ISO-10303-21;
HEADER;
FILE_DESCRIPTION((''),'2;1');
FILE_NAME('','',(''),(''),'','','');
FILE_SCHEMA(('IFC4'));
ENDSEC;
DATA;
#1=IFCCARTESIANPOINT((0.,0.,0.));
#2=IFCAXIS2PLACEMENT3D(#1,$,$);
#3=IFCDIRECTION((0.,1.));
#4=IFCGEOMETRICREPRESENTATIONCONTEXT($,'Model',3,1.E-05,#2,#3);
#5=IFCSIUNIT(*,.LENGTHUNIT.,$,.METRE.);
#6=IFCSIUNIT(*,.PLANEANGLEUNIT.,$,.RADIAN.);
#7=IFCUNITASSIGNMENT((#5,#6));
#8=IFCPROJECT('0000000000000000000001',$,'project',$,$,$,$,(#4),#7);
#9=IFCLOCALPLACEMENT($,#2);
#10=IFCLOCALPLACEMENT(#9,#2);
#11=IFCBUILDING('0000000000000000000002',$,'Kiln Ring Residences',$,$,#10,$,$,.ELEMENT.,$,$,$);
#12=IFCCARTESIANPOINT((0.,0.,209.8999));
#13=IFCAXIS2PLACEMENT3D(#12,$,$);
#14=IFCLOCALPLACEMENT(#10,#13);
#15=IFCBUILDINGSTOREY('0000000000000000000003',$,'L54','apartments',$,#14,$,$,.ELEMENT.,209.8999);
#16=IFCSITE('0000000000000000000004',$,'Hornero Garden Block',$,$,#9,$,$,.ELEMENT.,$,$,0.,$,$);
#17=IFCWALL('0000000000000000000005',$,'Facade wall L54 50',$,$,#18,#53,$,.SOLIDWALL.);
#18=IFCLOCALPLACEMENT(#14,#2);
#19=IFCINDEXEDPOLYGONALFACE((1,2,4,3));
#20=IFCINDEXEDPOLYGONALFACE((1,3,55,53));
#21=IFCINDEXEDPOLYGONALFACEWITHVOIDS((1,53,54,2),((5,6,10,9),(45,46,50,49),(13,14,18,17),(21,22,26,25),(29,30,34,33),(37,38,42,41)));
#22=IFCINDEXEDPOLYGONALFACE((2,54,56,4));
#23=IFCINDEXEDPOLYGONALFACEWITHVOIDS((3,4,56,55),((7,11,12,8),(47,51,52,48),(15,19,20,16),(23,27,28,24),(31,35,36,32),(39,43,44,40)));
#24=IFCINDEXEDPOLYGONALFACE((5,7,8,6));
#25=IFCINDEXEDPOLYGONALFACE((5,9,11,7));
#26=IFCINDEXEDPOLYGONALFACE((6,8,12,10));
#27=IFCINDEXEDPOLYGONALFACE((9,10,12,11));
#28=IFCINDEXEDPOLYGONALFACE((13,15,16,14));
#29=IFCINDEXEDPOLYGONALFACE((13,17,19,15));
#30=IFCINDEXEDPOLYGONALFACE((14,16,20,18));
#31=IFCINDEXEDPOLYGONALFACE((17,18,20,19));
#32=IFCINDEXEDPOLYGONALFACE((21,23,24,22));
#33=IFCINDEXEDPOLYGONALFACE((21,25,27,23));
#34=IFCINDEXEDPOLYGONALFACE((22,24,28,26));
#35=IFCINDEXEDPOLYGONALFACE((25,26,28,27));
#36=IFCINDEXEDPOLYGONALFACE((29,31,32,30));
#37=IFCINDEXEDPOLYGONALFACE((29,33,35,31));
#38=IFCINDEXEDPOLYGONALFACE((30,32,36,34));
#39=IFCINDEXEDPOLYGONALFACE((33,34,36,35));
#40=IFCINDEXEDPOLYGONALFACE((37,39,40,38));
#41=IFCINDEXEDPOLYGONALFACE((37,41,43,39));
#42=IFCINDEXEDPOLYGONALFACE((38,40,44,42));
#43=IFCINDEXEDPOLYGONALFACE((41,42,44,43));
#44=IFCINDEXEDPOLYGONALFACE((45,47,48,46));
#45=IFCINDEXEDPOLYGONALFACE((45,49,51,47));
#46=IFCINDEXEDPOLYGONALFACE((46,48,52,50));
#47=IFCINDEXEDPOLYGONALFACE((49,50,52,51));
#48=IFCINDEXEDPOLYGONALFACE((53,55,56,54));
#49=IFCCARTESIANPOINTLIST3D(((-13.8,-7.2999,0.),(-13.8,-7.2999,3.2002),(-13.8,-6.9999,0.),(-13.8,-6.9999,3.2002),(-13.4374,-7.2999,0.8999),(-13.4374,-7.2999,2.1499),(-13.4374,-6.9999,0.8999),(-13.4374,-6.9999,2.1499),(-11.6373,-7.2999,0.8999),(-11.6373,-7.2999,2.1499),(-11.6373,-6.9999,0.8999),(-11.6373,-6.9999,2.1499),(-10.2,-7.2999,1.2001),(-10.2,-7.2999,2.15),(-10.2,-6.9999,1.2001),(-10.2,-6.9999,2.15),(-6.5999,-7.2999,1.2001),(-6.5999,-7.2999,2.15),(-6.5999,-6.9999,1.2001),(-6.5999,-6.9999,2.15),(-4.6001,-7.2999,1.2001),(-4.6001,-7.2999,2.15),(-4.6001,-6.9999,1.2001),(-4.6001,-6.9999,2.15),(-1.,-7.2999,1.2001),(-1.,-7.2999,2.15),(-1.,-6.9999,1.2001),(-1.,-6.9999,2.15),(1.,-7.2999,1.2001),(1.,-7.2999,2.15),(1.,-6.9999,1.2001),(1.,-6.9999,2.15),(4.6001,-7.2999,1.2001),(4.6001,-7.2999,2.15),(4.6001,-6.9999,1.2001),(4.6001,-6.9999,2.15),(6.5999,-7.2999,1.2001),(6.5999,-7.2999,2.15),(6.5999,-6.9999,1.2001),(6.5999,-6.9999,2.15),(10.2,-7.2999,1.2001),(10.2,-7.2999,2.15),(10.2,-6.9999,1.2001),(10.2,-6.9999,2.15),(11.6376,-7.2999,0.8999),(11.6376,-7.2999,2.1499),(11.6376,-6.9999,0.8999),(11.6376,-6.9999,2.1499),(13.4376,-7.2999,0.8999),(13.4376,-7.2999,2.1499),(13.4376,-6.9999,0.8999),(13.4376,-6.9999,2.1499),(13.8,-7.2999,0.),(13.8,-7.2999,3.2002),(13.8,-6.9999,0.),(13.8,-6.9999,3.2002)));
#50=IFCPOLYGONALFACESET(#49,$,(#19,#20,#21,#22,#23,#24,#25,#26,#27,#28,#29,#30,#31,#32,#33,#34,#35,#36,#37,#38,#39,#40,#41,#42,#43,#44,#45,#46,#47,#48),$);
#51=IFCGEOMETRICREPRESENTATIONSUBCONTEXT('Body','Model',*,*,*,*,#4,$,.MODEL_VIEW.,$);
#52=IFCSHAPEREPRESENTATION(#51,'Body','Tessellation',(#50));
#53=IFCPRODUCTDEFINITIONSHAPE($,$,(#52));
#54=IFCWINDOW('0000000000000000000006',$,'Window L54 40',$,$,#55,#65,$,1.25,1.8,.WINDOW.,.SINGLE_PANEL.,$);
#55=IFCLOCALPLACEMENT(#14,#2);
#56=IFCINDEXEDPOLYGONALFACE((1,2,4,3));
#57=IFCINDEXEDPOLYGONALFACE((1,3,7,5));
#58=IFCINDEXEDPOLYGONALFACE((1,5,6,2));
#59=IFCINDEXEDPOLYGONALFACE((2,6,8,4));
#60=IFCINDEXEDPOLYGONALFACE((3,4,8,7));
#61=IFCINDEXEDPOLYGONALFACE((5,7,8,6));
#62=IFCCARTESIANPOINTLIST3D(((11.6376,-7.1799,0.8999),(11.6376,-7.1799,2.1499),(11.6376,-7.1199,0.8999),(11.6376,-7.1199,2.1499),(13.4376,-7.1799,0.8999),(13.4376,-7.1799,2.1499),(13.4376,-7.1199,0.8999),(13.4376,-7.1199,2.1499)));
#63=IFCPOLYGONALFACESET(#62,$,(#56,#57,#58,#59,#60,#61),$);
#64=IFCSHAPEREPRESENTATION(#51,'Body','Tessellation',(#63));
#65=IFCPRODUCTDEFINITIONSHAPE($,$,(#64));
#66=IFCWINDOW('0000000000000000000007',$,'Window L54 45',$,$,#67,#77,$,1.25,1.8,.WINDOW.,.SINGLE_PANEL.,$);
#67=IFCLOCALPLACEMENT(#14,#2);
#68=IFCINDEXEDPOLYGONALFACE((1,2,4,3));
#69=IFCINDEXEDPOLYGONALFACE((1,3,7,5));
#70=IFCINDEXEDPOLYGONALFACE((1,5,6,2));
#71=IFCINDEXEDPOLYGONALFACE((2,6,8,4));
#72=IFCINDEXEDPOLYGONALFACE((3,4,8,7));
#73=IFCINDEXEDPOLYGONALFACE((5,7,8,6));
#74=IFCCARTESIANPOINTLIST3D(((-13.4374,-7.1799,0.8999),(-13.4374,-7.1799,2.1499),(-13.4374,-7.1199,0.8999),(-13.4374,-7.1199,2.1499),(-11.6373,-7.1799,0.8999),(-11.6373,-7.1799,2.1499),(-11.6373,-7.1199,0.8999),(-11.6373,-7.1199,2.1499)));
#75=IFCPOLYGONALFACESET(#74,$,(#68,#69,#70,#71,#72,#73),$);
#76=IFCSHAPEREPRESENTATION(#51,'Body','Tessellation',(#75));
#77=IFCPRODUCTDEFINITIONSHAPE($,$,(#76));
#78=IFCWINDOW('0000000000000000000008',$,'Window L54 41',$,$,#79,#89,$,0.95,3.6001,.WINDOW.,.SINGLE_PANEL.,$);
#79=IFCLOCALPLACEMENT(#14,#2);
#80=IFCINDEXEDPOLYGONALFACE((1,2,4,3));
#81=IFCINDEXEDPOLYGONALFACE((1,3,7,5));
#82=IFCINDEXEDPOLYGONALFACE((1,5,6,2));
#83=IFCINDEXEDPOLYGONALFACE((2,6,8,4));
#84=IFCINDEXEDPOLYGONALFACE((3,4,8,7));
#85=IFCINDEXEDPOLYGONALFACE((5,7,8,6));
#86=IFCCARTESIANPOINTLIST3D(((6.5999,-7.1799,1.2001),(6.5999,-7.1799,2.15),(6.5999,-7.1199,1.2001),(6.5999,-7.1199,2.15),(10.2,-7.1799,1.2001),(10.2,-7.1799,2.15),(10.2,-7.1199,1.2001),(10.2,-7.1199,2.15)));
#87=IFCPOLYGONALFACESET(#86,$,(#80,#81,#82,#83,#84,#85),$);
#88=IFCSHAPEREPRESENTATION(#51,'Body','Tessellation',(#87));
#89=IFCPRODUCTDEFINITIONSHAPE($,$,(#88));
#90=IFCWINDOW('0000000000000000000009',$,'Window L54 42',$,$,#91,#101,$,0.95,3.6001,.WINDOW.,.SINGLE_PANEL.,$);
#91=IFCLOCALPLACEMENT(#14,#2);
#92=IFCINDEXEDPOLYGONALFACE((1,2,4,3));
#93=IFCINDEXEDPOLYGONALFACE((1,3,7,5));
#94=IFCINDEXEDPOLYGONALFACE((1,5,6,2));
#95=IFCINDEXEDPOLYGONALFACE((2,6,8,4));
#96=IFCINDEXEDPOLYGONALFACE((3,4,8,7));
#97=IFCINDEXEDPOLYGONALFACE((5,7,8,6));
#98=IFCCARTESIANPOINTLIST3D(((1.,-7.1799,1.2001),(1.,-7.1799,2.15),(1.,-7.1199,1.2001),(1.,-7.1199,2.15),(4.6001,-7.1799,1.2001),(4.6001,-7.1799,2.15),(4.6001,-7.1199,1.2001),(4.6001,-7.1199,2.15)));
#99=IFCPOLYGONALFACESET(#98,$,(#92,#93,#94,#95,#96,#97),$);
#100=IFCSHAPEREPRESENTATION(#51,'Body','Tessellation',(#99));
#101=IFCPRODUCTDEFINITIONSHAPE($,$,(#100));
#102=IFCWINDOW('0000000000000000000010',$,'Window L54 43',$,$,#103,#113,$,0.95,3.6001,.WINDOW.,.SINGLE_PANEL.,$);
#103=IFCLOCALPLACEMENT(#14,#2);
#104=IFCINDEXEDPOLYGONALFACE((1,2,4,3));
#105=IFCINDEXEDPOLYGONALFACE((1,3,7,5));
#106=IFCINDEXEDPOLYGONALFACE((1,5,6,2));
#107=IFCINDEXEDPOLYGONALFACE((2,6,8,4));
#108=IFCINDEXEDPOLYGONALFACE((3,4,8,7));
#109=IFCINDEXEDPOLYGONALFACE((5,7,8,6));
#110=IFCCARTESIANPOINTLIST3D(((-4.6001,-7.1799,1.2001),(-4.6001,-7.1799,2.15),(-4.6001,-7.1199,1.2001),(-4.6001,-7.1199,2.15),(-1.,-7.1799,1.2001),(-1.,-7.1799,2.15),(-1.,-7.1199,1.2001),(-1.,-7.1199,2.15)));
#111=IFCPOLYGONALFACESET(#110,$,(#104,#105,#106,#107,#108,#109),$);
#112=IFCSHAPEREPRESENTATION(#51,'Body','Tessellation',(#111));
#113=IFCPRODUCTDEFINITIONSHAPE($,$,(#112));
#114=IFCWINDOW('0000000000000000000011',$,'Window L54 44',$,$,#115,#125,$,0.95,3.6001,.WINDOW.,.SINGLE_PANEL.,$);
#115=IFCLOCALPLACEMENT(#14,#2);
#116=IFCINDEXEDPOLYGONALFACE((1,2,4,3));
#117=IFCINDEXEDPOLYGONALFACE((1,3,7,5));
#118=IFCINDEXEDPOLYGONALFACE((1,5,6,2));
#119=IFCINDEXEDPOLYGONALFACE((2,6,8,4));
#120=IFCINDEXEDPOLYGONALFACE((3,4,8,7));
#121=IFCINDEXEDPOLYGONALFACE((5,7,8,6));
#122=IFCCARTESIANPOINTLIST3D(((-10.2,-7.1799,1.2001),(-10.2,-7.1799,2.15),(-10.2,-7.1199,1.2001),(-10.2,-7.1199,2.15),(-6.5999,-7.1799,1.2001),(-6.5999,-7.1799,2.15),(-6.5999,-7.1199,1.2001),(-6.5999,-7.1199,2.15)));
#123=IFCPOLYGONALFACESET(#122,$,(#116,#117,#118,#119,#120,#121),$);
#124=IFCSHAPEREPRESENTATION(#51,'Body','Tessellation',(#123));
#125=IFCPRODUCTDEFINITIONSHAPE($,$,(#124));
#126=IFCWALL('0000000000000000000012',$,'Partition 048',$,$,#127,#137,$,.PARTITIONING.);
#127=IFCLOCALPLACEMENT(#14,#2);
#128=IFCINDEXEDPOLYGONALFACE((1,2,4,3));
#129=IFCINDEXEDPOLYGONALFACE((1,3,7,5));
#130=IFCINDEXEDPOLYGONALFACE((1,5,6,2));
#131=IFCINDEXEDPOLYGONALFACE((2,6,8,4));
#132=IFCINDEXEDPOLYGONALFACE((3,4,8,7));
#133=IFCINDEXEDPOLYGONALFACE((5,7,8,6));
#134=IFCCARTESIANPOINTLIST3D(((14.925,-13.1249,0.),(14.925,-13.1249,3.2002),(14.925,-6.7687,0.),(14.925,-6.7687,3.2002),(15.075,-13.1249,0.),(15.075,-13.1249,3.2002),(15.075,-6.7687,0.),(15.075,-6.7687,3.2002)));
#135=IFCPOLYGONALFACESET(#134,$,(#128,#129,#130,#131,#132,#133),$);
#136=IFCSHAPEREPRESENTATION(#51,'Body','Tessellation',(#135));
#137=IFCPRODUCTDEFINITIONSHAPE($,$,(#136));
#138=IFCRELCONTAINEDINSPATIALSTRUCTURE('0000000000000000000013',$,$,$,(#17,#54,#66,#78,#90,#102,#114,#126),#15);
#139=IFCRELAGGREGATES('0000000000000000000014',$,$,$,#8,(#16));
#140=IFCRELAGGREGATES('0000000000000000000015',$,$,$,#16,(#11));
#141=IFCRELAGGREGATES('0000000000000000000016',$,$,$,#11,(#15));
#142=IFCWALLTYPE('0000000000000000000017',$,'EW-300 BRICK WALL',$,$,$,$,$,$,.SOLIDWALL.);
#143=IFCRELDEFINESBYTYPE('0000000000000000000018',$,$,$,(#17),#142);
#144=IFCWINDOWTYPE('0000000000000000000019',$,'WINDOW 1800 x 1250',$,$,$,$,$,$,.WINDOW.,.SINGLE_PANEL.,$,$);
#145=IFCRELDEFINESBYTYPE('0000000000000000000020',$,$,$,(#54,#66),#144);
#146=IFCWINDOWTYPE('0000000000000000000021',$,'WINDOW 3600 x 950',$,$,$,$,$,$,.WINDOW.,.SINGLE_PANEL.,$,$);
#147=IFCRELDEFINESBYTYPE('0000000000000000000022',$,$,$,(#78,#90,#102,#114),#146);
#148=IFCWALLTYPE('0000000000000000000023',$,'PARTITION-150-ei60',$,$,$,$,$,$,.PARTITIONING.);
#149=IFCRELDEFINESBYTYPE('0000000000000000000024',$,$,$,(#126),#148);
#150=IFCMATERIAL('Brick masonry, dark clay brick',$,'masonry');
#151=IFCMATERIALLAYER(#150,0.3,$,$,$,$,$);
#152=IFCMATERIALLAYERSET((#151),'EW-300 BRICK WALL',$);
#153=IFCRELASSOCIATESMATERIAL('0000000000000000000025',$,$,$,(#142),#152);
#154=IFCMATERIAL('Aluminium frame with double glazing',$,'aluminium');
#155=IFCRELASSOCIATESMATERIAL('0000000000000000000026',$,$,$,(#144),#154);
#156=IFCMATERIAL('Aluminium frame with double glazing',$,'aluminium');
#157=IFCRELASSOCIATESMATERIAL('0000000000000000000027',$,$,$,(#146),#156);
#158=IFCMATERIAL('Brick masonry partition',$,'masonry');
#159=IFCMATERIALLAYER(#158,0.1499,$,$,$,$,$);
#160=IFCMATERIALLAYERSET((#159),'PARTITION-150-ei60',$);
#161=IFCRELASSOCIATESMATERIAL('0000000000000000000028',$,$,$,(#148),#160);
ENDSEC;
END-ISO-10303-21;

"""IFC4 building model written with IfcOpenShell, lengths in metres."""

from ifc_helpers import new_model, si_unit, direction, frame, frame_2d, origin, place, context, subcontext, project, spatial, rectangle, extrude, material, layer, layer_set, type_object, element, fill, save


model = new_model("IFC4")

# Units and contexts
model_context = context("Model", 3, precision=1e-05, world=origin(), true_north=direction((0.0, 1.0)))
body_context = subcontext(model_context, "Body", "Model", "MODEL_VIEW")
ifc_project = project(units=[si_unit("LENGTHUNIT", "METRE"), si_unit("PLANEANGLEUNIT", "RADIAN")], contexts=[model_context])

# Site, building, storey
site_placement = place(None, origin())
site = spatial("IfcSite", under=ifc_project, at=site_placement, Name="Hornero Garden Block", CompositionType="ELEMENT", RefElevation=0.0)
building_placement = place(site_placement, origin())
building = spatial("IfcBuilding", under=site, at=building_placement, Name="Kiln Ring Residences", CompositionType="ELEMENT")
storey_placement = place(building_placement, frame((0.0, 0.0, 209.8999)))
storey = spatial("IfcBuildingStorey", under=building, at=storey_placement, Name="L54", Description="apartments", CompositionType="ELEMENT", Elevation=209.8999)

# Wall, openings, windows
ifc_material_1 = material(Name="Brick masonry, dark clay brick", Category="masonry")
ifc_layer_1 = layer(ifc_material_1, 0.3)
ifc_layer_set_1 = layer_set([ifc_layer_1], Name="EW-300 BRICK WALL")
wall_type_1 = type_object("IfcWallType", Name="EW-300 BRICK WALL", PredefinedType="SOLIDWALL", material=ifc_layer_set_1)
wall_1_placement = place(storey_placement, frame((13.8, -7.1499, 0.0), z_axis=(0.0, 0.0, 1.0), x_axis=(-1.0, 0.0, 0.0)))
wall_1 = element("IfcWall", 1, at=wall_1_placement, inside=storey, type_object=wall_type_1, Name="Facade wall L54 50", PredefinedType="SOLIDWALL", context=body_context, shape_type="SweptSolid", body=[
    extrude(rectangle(XDim=27.6001, YDim=0.3, at=frame_2d((13.8, 0.0))), origin(), (0.0, 0.0, 1.0), 3.2002),
])
opening_1_placement = place(wall_1_placement, frame((0.3625, 0.0, 0.8999)))
opening_1 = element("IfcOpeningElement", 2, at=opening_1_placement, cuts=wall_1, PredefinedType="OPENING", context=body_context, shape_type="SweptSolid", body=[
    extrude(rectangle(XDim=1.8, YDim=1.25, at=frame_2d((0.8999, 0.625))), frame((0.0, 0.1599, 0.0), z_axis=(0.0, -1.0, 0.0), x_axis=(1.0, 0.0, 0.0)), (0.0, 0.0, 1.0), 0.3201),
])
opening_2_placement = place(wall_1_placement, frame((3.6001, 0.0, 1.2)))
opening_2 = element("IfcOpeningElement", 3, at=opening_2_placement, cuts=wall_1, PredefinedType="OPENING", context=body_context, shape_type="SweptSolid", body=[
    extrude(rectangle(XDim=3.6001, YDim=0.95, at=frame_2d((1.8, 0.4751))), frame((0.0, 0.1599, 0.0), z_axis=(0.0, -1.0, 0.0), x_axis=(1.0, 0.0, 0.0)), (0.0, 0.0, 1.0), 0.3201),
])
opening_3_placement = place(wall_1_placement, frame((9.2, 0.0, 1.2)))
opening_3 = element("IfcOpeningElement", 4, at=opening_3_placement, cuts=wall_1, PredefinedType="OPENING", context=body_context, shape_type="SweptSolid", body=[
    extrude(rectangle(XDim=3.6001, YDim=0.95, at=frame_2d((1.8, 0.4751))), frame((0.0, 0.1599, 0.0), z_axis=(0.0, -1.0, 0.0), x_axis=(1.0, 0.0, 0.0)), (0.0, 0.0, 1.0), 0.3201),
])
opening_4_placement = place(wall_1_placement, frame((14.8, 0.0, 1.2)))
opening_4 = element("IfcOpeningElement", 5, at=opening_4_placement, cuts=wall_1, PredefinedType="OPENING", context=body_context, shape_type="SweptSolid", body=[
    extrude(rectangle(XDim=3.6001, YDim=0.95, at=frame_2d((1.8, 0.4751))), frame((0.0, 0.1599, 0.0), z_axis=(0.0, -1.0, 0.0), x_axis=(1.0, 0.0, 0.0)), (0.0, 0.0, 1.0), 0.3201),
])
opening_5_placement = place(wall_1_placement, frame((20.3999, 0.0, 1.2)))
opening_5 = element("IfcOpeningElement", 6, at=opening_5_placement, cuts=wall_1, PredefinedType="OPENING", context=body_context, shape_type="SweptSolid", body=[
    extrude(rectangle(XDim=3.6001, YDim=0.95, at=frame_2d((1.8, 0.4751))), frame((0.0, 0.1599, 0.0), z_axis=(0.0, -1.0, 0.0), x_axis=(1.0, 0.0, 0.0)), (0.0, 0.0, 1.0), 0.3201),
])
opening_6_placement = place(wall_1_placement, frame((25.4375, 0.0, 0.8999)))
opening_6 = element("IfcOpeningElement", 7, at=opening_6_placement, cuts=wall_1, PredefinedType="OPENING", context=body_context, shape_type="SweptSolid", body=[
    extrude(rectangle(XDim=1.8, YDim=1.25, at=frame_2d((0.8999, 0.625))), frame((0.0, 0.1599, 0.0), z_axis=(0.0, -1.0, 0.0), x_axis=(1.0, 0.0, 0.0)), (0.0, 0.0, 1.0), 0.3201),
])
ifc_material_2 = material(Name="Aluminium frame with double glazing", Category="aluminium")
window_type_1 = type_object("IfcWindowType", Name="WINDOW 1800 x 1250", PartitioningType="SINGLE_PANEL", PredefinedType="WINDOW", material=ifc_material_2)
window_1_placement = place(opening_1_placement, origin())
window_1 = element("IfcWindow", 8, at=window_1_placement, inside=storey, type_object=window_type_1, Name="Window L54 40", OverallHeight=1.25, OverallWidth=1.8, PartitioningType="SINGLE_PANEL", PredefinedType="WINDOW", context=body_context, shape_type="SweptSolid", body=[
    extrude(rectangle(XDim=1.8, YDim=1.25, at=frame_2d((0.8999, 0.625))), frame((0.0, 0.03, 0.0), z_axis=(0.0, -1.0, 0.0), x_axis=(1.0, 0.0, 0.0)), (0.0, 0.0, 1.0), 0.0601),
])
fill(opening_1, window_1)
window_2_placement = place(opening_6_placement, origin())
window_2 = element("IfcWindow", 9, at=window_2_placement, inside=storey, type_object=window_type_1, Name="Window L54 45", OverallHeight=1.25, OverallWidth=1.8, PartitioningType="SINGLE_PANEL", PredefinedType="WINDOW", context=body_context, shape_type="SweptSolid", body=[
    extrude(rectangle(XDim=1.8, YDim=1.25, at=frame_2d((0.8999, 0.625))), frame((0.0, 0.03, 0.0), z_axis=(0.0, -1.0, 0.0), x_axis=(1.0, 0.0, 0.0)), (0.0, 0.0, 1.0), 0.0601),
])
fill(opening_6, window_2)
ifc_material_3 = material(Name="Aluminium frame with double glazing", Category="aluminium")
window_type_2 = type_object("IfcWindowType", Name="WINDOW 3600 x 950", PartitioningType="SINGLE_PANEL", PredefinedType="WINDOW", material=ifc_material_3)
window_3_placement = place(opening_2_placement, origin())
window_3 = element("IfcWindow", 10, at=window_3_placement, inside=storey, type_object=window_type_2, Name="Window L54 41", OverallHeight=0.95, OverallWidth=3.6001, PartitioningType="SINGLE_PANEL", PredefinedType="WINDOW", context=body_context, shape_type="SweptSolid", body=[
    extrude(rectangle(XDim=3.6001, YDim=0.95, at=frame_2d((1.8, 0.4751))), frame((0.0, 0.03, 0.0), z_axis=(0.0, -1.0, 0.0), x_axis=(1.0, 0.0, 0.0)), (0.0, 0.0, 1.0), 0.0601),
])
fill(opening_2, window_3)
window_4_placement = place(opening_3_placement, origin())
window_4 = element("IfcWindow", 11, at=window_4_placement, inside=storey, type_object=window_type_2, Name="Window L54 42", OverallHeight=0.95, OverallWidth=3.6001, PartitioningType="SINGLE_PANEL", PredefinedType="WINDOW", context=body_context, shape_type="SweptSolid", body=[
    extrude(rectangle(XDim=3.6001, YDim=0.95, at=frame_2d((1.8, 0.4751))), frame((0.0, 0.03, 0.0), z_axis=(0.0, -1.0, 0.0), x_axis=(1.0, 0.0, 0.0)), (0.0, 0.0, 1.0), 0.0601),
])
fill(opening_3, window_4)
window_5_placement = place(opening_4_placement, origin())
window_5 = element("IfcWindow", 12, at=window_5_placement, inside=storey, type_object=window_type_2, Name="Window L54 43", OverallHeight=0.95, OverallWidth=3.6001, PartitioningType="SINGLE_PANEL", PredefinedType="WINDOW", context=body_context, shape_type="SweptSolid", body=[
    extrude(rectangle(XDim=3.6001, YDim=0.95, at=frame_2d((1.8, 0.4751))), frame((0.0, 0.03, 0.0), z_axis=(0.0, -1.0, 0.0), x_axis=(1.0, 0.0, 0.0)), (0.0, 0.0, 1.0), 0.0601),
])
fill(opening_4, window_5)
window_6_placement = place(opening_5_placement, origin())
window_6 = element("IfcWindow", 13, at=window_6_placement, inside=storey, type_object=window_type_2, Name="Window L54 44", OverallHeight=0.95, OverallWidth=3.6001, PartitioningType="SINGLE_PANEL", PredefinedType="WINDOW", context=body_context, shape_type="SweptSolid", body=[
    extrude(rectangle(XDim=3.6001, YDim=0.95, at=frame_2d((1.8, 0.4751))), frame((0.0, 0.03, 0.0), z_axis=(0.0, -1.0, 0.0), x_axis=(1.0, 0.0, 0.0)), (0.0, 0.0, 1.0), 0.0601),
])
fill(opening_5, window_6)

# Wall
ifc_material_4 = material(Name="Brick masonry partition", Category="masonry")
ifc_layer_2 = layer(ifc_material_4, 0.1499)
ifc_layer_set_2 = layer_set([ifc_layer_2], Name="PARTITION-150-ei60")
wall_type_2 = type_object("IfcWallType", Name="PARTITION-150-ei60", PredefinedType="PARTITIONING", material=ifc_layer_set_2)
wall_2_placement = place(storey_placement, frame((15.0, -13.125, 0.0), z_axis=(0.0, 0.0, 1.0), x_axis=(0.0, 1.0, 0.0)))
element("IfcWall", 14, at=wall_2_placement, inside=storey, type_object=wall_type_2, Name="Partition 048", PredefinedType="PARTITIONING", context=body_context, shape_type="SweptSolid", body=[
    extrude(rectangle(XDim=6.3562, YDim=0.1499, at=frame_2d((3.1782, 0.0))), origin(), (0.0, 0.0, 1.0), 3.2002),
])

save(model, "model.ifc")
